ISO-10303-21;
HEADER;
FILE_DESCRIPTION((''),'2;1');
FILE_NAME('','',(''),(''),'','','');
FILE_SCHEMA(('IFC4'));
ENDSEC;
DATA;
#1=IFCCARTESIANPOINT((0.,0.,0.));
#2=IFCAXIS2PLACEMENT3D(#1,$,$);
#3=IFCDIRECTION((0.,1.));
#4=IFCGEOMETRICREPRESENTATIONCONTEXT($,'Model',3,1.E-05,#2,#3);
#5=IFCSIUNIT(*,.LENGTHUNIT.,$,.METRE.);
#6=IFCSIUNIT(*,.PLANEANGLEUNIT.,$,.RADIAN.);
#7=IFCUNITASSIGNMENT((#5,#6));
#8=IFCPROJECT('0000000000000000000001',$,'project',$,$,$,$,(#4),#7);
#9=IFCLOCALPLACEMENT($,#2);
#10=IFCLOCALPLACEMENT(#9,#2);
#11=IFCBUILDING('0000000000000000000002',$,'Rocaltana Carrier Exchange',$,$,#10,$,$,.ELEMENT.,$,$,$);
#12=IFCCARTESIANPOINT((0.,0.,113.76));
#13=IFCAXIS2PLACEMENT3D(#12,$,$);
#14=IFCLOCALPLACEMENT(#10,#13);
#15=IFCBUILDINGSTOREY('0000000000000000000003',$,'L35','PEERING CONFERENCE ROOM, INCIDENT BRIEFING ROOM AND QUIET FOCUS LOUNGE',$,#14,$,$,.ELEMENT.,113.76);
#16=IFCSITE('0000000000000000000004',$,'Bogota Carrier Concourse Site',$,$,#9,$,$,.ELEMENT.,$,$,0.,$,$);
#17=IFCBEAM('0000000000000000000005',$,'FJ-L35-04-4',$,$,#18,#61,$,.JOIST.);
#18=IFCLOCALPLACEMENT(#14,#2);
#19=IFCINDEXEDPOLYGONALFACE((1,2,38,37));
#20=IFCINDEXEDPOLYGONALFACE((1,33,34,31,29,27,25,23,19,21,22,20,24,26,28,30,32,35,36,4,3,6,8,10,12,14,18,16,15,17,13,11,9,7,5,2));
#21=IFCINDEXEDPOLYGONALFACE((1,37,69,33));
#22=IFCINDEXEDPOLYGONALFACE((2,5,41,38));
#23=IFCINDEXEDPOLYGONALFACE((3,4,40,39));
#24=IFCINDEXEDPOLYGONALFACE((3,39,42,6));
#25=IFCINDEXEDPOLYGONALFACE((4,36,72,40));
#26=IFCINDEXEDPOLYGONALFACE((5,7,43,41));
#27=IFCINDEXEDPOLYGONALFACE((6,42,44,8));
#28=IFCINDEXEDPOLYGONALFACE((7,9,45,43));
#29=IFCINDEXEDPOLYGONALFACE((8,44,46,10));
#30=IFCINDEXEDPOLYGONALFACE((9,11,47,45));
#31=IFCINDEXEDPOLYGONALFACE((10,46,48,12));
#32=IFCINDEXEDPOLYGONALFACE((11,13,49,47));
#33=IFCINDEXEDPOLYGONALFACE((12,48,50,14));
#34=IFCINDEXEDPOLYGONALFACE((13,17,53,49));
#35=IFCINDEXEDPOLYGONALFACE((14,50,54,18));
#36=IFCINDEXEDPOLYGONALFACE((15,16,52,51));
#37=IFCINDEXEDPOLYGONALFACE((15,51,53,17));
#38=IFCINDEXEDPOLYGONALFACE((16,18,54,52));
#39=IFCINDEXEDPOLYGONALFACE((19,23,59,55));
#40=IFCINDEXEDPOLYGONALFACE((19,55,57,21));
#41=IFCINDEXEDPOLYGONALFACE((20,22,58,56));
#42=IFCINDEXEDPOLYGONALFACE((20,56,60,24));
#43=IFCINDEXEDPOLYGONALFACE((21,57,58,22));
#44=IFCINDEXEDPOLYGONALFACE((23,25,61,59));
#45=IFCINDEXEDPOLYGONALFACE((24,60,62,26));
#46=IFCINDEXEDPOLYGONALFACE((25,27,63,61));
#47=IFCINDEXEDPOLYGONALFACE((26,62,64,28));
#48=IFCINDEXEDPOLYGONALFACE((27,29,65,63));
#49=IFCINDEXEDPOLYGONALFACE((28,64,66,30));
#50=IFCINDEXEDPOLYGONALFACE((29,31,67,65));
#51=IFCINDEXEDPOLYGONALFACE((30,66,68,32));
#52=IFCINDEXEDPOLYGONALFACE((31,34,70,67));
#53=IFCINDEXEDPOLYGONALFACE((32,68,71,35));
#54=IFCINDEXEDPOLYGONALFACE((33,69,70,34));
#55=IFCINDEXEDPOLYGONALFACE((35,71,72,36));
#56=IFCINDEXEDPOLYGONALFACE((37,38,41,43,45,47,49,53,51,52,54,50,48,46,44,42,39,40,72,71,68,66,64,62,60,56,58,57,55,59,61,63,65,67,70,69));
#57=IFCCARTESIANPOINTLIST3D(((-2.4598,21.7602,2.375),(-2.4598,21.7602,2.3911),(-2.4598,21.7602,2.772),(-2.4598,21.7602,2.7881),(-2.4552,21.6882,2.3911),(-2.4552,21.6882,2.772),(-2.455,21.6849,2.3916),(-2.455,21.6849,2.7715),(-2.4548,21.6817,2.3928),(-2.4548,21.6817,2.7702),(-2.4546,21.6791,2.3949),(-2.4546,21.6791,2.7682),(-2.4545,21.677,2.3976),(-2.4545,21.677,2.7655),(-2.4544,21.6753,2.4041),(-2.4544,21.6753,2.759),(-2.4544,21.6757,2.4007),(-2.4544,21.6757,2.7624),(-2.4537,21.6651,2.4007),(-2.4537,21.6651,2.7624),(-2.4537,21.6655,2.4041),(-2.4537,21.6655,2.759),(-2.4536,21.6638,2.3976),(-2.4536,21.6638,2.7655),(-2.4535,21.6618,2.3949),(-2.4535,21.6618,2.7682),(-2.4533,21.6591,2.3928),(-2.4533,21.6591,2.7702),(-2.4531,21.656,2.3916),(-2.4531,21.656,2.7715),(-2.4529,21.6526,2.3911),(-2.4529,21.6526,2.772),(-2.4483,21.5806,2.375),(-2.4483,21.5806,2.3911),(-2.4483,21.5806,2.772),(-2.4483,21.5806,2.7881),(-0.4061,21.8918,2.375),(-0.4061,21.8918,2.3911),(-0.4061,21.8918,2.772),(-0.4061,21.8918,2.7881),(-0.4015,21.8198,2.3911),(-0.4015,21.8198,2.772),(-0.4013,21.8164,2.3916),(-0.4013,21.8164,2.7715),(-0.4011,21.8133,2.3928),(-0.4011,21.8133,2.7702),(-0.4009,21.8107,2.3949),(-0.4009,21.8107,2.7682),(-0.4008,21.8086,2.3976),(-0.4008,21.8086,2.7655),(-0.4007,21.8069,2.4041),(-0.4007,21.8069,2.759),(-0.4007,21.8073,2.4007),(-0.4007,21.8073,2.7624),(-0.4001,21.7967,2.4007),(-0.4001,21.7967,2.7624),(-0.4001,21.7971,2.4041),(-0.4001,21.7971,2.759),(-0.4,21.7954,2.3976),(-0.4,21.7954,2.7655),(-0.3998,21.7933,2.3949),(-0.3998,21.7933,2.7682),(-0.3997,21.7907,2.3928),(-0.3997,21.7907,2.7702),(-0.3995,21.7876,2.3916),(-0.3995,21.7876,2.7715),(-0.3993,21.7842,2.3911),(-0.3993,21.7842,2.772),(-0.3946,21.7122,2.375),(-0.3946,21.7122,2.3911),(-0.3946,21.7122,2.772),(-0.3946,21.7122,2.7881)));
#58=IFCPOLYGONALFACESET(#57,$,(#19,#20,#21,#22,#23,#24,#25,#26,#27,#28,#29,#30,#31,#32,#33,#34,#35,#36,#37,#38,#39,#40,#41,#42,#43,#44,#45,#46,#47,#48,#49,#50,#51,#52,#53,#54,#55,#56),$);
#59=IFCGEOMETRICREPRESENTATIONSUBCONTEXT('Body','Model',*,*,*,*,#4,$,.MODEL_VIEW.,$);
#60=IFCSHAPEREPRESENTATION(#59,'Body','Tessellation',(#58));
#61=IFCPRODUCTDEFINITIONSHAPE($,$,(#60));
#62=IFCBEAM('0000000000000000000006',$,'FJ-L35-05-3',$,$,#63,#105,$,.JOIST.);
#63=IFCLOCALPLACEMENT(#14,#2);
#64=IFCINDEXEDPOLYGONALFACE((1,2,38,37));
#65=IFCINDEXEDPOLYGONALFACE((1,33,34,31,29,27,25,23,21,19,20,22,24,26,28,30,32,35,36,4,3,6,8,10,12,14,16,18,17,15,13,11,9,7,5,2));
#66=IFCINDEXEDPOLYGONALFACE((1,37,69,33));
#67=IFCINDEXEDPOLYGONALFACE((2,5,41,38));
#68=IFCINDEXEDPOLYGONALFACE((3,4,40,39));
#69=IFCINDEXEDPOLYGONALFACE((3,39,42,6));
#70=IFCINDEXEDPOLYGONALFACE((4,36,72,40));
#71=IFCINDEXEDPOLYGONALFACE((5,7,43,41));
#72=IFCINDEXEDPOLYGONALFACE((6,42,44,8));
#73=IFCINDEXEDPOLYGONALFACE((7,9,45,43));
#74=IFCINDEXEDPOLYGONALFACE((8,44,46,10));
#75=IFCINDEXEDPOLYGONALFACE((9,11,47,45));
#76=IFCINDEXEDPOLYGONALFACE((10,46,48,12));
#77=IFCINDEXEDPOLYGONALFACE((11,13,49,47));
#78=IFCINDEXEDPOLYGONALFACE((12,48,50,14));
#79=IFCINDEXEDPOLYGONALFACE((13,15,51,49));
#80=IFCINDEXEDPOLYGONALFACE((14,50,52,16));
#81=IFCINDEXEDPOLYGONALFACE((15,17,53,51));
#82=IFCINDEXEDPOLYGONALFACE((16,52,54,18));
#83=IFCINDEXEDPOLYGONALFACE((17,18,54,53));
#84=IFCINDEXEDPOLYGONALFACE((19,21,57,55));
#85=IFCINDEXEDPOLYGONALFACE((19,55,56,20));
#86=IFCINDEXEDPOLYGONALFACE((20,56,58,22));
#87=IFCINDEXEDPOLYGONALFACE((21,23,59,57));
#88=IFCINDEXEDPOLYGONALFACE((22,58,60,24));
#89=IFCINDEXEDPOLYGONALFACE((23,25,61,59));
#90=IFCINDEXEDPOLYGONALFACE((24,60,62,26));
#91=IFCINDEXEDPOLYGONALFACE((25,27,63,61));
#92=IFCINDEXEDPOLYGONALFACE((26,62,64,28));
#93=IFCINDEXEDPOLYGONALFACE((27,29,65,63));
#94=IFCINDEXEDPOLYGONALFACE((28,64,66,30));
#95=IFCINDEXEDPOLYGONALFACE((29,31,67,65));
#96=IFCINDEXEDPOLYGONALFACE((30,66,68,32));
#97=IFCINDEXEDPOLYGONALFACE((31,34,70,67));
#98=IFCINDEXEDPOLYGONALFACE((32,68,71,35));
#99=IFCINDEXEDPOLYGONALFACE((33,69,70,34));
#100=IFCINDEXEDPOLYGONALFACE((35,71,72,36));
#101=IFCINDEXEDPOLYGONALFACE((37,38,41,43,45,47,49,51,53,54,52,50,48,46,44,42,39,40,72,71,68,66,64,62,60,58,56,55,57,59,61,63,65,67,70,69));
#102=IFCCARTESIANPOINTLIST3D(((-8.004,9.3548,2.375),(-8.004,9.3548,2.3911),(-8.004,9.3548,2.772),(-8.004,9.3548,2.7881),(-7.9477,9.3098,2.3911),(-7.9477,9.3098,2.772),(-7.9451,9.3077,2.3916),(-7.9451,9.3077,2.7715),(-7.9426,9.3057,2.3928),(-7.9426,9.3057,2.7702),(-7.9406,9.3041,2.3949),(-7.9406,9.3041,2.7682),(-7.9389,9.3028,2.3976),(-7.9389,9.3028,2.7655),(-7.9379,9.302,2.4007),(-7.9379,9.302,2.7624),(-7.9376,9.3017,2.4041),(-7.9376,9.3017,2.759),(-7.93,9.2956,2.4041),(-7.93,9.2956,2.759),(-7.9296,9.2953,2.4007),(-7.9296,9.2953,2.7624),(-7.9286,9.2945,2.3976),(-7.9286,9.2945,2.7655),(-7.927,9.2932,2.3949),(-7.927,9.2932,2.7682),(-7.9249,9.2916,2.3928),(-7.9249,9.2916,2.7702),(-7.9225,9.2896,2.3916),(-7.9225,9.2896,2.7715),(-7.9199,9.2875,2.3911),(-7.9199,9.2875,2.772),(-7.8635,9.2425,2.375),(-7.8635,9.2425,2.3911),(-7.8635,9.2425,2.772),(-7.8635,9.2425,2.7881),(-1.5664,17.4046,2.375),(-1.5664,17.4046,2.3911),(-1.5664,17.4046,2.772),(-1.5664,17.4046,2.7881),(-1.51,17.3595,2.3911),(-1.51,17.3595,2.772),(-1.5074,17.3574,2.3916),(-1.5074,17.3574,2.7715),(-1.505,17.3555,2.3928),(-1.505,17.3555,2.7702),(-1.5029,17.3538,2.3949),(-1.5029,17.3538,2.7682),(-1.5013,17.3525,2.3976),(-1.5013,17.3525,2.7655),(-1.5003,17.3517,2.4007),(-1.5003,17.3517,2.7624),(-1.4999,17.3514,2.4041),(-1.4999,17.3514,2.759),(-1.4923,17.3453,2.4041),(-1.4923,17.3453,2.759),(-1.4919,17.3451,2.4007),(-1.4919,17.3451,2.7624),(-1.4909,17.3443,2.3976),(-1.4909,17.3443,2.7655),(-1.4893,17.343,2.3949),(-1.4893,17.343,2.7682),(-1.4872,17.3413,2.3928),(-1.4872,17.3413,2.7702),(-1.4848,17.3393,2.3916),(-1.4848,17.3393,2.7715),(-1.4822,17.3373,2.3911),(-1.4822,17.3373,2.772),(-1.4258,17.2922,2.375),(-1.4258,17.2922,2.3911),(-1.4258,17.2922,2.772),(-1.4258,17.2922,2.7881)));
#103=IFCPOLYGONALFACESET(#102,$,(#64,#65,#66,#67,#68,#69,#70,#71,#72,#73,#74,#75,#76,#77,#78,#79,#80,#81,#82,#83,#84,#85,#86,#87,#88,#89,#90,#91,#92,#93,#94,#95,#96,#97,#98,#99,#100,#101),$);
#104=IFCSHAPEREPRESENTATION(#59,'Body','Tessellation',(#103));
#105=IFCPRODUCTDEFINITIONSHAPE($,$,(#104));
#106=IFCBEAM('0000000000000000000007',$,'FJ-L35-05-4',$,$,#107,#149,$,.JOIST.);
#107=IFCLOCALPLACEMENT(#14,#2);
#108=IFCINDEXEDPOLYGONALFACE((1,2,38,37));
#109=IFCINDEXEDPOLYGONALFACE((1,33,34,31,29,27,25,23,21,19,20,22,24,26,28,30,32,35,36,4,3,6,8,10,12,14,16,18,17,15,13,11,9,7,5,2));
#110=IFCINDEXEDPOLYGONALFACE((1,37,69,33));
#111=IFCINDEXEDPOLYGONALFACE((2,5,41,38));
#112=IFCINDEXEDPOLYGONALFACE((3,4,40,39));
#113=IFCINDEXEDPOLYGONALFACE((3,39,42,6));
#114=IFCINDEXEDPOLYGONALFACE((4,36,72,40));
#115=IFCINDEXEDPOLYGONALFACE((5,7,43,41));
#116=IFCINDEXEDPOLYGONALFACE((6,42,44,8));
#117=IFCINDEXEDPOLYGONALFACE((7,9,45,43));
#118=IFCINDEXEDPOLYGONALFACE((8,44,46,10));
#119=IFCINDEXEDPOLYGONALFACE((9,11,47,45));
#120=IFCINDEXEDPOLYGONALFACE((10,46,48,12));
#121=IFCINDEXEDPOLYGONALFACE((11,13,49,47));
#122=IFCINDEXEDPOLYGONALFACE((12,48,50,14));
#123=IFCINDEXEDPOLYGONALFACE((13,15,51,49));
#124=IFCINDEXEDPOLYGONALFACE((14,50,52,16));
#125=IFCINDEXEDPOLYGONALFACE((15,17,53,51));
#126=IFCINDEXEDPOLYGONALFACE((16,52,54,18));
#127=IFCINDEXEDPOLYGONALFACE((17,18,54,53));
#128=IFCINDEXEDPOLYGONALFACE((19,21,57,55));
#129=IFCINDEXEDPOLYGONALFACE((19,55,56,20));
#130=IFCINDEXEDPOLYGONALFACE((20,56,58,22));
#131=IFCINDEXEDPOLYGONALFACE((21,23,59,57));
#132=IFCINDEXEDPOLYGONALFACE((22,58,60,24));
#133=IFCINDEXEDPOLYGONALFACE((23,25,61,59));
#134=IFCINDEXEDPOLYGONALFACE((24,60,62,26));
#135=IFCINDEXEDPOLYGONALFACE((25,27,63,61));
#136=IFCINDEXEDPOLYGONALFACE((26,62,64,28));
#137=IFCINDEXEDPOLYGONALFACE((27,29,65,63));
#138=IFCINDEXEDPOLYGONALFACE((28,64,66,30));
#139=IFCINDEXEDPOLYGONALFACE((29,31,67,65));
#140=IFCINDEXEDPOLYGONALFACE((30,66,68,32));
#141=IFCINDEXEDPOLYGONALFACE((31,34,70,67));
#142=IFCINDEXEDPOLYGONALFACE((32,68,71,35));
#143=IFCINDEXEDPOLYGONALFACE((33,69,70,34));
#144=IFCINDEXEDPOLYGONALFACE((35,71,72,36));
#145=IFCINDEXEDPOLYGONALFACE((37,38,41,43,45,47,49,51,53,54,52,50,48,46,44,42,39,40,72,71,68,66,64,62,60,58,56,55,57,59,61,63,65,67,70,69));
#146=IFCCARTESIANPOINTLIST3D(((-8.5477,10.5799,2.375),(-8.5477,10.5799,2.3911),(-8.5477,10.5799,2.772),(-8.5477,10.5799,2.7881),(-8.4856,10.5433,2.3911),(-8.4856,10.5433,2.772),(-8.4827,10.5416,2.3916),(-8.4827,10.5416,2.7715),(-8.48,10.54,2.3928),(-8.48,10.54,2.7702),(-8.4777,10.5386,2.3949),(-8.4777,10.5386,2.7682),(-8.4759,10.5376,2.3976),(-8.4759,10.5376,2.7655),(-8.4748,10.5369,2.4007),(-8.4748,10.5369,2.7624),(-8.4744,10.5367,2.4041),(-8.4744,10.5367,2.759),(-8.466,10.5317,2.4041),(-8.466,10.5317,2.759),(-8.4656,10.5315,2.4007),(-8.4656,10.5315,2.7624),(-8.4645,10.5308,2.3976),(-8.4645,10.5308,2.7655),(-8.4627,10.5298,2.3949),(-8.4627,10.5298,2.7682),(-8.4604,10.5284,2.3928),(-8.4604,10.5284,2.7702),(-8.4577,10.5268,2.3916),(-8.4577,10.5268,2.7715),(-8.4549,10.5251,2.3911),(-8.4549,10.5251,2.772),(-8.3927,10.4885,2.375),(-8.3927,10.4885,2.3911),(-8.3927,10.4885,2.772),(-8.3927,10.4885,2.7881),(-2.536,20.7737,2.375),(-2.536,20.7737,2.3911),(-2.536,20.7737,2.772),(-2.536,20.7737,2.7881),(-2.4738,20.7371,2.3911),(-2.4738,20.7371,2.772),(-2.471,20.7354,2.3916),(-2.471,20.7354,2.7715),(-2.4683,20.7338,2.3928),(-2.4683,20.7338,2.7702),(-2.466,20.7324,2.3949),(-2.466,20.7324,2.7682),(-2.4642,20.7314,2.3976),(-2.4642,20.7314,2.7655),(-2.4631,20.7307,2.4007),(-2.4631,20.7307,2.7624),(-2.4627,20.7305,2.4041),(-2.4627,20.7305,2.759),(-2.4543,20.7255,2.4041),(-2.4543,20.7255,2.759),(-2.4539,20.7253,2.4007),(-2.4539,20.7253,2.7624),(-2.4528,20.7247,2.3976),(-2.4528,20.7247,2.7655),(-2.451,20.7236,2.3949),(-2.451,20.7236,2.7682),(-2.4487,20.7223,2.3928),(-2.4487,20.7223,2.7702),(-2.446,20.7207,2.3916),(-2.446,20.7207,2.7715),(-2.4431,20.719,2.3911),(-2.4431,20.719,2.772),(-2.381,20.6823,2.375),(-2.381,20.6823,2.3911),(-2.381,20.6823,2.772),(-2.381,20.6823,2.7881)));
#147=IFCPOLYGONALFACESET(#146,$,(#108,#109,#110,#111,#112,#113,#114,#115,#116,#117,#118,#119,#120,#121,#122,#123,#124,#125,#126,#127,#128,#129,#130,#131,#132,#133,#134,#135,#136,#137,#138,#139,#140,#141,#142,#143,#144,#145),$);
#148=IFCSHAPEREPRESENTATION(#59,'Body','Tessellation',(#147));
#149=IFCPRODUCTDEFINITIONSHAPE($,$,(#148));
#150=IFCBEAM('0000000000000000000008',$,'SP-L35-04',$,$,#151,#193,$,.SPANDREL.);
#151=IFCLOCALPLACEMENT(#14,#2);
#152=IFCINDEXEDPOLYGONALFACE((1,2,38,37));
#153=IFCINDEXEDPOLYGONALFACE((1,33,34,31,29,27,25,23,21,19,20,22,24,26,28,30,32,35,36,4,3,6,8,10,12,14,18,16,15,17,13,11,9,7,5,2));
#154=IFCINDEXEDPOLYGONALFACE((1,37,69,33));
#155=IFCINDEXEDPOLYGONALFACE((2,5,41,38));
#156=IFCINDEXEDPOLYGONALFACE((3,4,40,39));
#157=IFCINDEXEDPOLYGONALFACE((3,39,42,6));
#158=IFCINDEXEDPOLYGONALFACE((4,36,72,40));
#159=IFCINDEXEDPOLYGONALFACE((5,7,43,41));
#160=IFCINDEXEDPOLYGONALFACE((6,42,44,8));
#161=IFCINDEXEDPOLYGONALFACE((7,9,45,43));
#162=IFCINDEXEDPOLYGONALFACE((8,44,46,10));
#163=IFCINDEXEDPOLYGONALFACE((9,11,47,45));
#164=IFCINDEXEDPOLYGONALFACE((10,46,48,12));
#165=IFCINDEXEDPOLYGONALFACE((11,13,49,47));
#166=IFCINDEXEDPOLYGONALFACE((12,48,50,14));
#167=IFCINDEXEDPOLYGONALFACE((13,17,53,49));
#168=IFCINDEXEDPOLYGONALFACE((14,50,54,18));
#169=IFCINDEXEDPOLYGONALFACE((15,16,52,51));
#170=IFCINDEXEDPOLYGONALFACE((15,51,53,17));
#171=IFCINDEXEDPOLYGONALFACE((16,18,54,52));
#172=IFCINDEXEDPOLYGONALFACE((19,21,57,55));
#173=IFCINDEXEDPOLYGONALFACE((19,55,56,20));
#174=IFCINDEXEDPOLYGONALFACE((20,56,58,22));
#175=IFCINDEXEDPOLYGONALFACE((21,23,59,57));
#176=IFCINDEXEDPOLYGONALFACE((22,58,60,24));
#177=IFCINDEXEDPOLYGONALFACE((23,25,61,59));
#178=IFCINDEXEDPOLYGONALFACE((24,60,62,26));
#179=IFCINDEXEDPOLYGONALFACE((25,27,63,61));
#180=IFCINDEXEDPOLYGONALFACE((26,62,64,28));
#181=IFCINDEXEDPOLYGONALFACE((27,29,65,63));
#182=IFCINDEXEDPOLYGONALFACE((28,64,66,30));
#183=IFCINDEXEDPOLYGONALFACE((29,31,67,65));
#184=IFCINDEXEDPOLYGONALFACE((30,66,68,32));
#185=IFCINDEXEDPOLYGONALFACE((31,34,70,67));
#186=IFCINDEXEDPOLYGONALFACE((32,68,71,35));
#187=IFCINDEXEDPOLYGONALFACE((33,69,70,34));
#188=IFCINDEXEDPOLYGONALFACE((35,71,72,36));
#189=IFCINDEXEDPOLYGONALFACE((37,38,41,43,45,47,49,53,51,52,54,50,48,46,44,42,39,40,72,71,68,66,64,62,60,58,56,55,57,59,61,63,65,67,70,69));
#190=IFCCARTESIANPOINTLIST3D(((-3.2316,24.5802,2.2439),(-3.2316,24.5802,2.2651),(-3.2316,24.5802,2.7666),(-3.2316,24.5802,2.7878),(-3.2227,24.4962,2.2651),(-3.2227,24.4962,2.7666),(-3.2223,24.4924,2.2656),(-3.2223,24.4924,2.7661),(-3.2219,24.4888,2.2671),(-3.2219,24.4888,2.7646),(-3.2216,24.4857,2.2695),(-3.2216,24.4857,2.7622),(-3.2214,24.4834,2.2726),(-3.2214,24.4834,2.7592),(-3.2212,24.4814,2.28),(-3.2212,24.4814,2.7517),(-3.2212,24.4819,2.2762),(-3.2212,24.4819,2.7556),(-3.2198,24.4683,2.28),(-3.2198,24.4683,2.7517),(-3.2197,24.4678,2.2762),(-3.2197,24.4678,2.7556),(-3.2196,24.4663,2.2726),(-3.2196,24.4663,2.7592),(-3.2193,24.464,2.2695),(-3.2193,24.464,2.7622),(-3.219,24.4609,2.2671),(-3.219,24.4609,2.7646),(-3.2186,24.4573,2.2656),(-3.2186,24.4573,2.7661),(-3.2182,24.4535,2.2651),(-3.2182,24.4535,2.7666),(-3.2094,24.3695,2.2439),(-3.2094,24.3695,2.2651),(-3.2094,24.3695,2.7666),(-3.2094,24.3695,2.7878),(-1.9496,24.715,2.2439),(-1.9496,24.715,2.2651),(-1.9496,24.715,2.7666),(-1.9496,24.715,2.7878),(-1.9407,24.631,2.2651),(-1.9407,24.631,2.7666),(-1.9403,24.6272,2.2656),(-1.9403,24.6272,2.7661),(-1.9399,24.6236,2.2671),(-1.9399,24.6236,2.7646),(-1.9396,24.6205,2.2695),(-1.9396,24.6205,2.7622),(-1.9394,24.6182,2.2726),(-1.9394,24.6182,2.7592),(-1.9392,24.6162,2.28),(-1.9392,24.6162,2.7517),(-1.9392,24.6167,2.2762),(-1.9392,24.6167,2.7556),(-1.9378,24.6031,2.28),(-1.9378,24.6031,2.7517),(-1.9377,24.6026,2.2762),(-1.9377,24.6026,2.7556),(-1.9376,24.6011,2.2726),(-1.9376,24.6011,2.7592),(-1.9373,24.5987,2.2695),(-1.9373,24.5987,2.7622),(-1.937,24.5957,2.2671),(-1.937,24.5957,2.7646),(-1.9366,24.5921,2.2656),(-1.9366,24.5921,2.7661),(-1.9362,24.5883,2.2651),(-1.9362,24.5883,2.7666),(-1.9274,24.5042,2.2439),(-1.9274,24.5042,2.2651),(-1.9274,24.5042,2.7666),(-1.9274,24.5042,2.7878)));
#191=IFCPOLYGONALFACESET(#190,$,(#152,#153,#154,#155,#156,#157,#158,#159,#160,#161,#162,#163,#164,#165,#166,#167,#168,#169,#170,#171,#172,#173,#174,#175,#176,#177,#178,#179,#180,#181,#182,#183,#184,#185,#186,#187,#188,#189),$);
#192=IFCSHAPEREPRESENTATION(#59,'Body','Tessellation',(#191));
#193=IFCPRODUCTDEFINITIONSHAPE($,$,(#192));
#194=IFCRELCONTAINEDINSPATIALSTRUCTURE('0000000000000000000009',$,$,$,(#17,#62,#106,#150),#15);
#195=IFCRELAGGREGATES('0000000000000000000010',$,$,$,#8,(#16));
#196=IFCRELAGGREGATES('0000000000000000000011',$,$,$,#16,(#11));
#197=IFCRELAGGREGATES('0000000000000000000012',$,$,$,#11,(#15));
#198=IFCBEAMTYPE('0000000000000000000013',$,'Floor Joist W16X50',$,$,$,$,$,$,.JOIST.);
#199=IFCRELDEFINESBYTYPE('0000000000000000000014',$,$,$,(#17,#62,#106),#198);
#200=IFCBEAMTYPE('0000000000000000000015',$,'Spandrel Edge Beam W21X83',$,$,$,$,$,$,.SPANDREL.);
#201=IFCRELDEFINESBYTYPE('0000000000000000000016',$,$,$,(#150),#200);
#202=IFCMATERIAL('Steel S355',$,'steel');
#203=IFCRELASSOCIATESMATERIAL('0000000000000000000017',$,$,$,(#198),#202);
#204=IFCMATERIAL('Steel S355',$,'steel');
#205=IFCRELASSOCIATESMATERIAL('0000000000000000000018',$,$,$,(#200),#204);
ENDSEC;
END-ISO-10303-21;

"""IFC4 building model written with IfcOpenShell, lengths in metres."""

from ifc_helpers import new_model, si_unit, direction, frame, origin, origin_2d, place, context, subcontext, project, spatial, i_section, extrude, material, material_profile, profile_set, type_object, element, save


model = new_model("IFC4")

# Units and contexts
model_context = context("Model", 3, precision=1e-05, world=origin(), true_north=direction((0.0, 1.0)))
body_context = subcontext(model_context, "Body", "Model", "MODEL_VIEW")
ifc_project = project(units=[si_unit("LENGTHUNIT", "METRE"), si_unit("PLANEANGLEUNIT", "RADIAN")], contexts=[model_context])

# Site, building, storey
site_placement = place(None, origin())
site = spatial("IfcSite", under=ifc_project, at=site_placement, Name="Bogota Carrier Concourse Site", CompositionType="ELEMENT", RefElevation=0.0)
building_placement = place(site_placement, origin())
building = spatial("IfcBuilding", under=site, at=building_placement, Name="Rocaltana Carrier Exchange", CompositionType="ELEMENT")
storey_placement = place(building_placement, frame((0.0, 0.0, 113.76)))
storey = spatial("IfcBuildingStorey", under=building, at=storey_placement, Name="L35", Description="PEERING CONFERENCE ROOM, INCIDENT BRIEFING ROOM AND QUIET FOCUS LOUNGE", CompositionType="ELEMENT", Elevation=113.76)

# Beams
ifc_material_1 = material(Name="Steel S355", Category="steel")
ifc_material_profile_1 = material_profile(ifc_material_1, i_section(OverallWidth=0.1799, OverallDepth=0.4131, WebThickness=0.0098, FlangeThickness=0.0161, FilletRadius=0.0129, at=origin_2d()), Name="W16X50")
ifc_profile_set_1 = profile_set([ifc_material_profile_1], Name="Steel S355")
beam_type_1 = type_object("IfcBeamType", Name="Floor Joist W16X50", PredefinedType="JOIST", material=ifc_profile_set_1)
beam_1_placement = place(storey_placement, frame((-0.4004, 21.802, 2.5815), z_axis=(-0.997953, -0.063944, 0.0), x_axis=(0.063944, -0.997953, 0.0)))
element("IfcBeam", 1, at=beam_1_placement, inside=storey, type_object=beam_type_1, Name="FJ-L35-04-4", PredefinedType="JOIST", context=body_context, shape_type="SweptSolid", body=[
    extrude(i_section(OverallWidth=0.1799, OverallDepth=0.4131, WebThickness=0.0098, FlangeThickness=0.0161, FilletRadius=0.0129, at=origin_2d()), origin(), (0.0, 0.0, 1.0), 2.0579),
])
beam_2_placement = place(storey_placement, frame((-1.4961, 17.3484, 2.5815), z_axis=(-0.624571, -0.780968, 0.0), x_axis=(0.780968, -0.624571, 0.0)))
element("IfcBeam", 2, at=beam_2_placement, inside=storey, type_object=beam_type_1, Name="FJ-L35-05-3", PredefinedType="JOIST", context=body_context, shape_type="SweptSolid", body=[
    extrude(i_section(OverallWidth=0.1799, OverallDepth=0.4131, WebThickness=0.0098, FlangeThickness=0.0161, FilletRadius=0.0129, at=origin_2d()), origin(), (0.0, 0.0, 1.0), 10.3074),
])
beam_3_placement = place(storey_placement, frame((-2.4585, 20.728, 2.5815), z_axis=(-0.507983, -0.861367, 0.0), x_axis=(0.861367, -0.507983, 0.0)))
element("IfcBeam", 3, at=beam_3_placement, inside=storey, type_object=beam_type_1, Name="FJ-L35-05-4", PredefinedType="JOIST", context=body_context, shape_type="SweptSolid", body=[
    extrude(i_section(OverallWidth=0.1799, OverallDepth=0.4131, WebThickness=0.0098, FlangeThickness=0.0161, FilletRadius=0.0129, at=origin_2d()), origin(), (0.0, 0.0, 1.0), 11.8345),
])
ifc_material_2 = material(Name="Steel S355", Category="steel")
ifc_material_profile_2 = material_profile(ifc_material_2, i_section(OverallWidth=0.2119, OverallDepth=0.5439, WebThickness=0.0132, FlangeThickness=0.0212, FilletRadius=0.0149, at=origin_2d()), Name="W21X83")
ifc_profile_set_2 = profile_set([ifc_material_profile_2], Name="Steel S355")
beam_type_2 = type_object("IfcBeamType", Name="Spandrel Edge Beam W21X83", PredefinedType="SPANDREL", material=ifc_profile_set_2)
beam_4_placement = place(storey_placement, frame((-1.9385, 24.6096, 2.5159), z_axis=(-0.99452, -0.104547, 0.0), x_axis=(0.104547, -0.99452, 0.0)))
element("IfcBeam", 4, at=beam_4_placement, inside=storey, type_object=beam_type_2, Name="SP-L35-04", PredefinedType="SPANDREL", context=body_context, shape_type="SweptSolid", body=[
    extrude(i_section(OverallWidth=0.2119, OverallDepth=0.5439, WebThickness=0.0132, FlangeThickness=0.0212, FilletRadius=0.0149, at=origin_2d()), origin(), (0.0, 0.0, 1.0), 1.2891),
])

save(model, "model.ifc")
